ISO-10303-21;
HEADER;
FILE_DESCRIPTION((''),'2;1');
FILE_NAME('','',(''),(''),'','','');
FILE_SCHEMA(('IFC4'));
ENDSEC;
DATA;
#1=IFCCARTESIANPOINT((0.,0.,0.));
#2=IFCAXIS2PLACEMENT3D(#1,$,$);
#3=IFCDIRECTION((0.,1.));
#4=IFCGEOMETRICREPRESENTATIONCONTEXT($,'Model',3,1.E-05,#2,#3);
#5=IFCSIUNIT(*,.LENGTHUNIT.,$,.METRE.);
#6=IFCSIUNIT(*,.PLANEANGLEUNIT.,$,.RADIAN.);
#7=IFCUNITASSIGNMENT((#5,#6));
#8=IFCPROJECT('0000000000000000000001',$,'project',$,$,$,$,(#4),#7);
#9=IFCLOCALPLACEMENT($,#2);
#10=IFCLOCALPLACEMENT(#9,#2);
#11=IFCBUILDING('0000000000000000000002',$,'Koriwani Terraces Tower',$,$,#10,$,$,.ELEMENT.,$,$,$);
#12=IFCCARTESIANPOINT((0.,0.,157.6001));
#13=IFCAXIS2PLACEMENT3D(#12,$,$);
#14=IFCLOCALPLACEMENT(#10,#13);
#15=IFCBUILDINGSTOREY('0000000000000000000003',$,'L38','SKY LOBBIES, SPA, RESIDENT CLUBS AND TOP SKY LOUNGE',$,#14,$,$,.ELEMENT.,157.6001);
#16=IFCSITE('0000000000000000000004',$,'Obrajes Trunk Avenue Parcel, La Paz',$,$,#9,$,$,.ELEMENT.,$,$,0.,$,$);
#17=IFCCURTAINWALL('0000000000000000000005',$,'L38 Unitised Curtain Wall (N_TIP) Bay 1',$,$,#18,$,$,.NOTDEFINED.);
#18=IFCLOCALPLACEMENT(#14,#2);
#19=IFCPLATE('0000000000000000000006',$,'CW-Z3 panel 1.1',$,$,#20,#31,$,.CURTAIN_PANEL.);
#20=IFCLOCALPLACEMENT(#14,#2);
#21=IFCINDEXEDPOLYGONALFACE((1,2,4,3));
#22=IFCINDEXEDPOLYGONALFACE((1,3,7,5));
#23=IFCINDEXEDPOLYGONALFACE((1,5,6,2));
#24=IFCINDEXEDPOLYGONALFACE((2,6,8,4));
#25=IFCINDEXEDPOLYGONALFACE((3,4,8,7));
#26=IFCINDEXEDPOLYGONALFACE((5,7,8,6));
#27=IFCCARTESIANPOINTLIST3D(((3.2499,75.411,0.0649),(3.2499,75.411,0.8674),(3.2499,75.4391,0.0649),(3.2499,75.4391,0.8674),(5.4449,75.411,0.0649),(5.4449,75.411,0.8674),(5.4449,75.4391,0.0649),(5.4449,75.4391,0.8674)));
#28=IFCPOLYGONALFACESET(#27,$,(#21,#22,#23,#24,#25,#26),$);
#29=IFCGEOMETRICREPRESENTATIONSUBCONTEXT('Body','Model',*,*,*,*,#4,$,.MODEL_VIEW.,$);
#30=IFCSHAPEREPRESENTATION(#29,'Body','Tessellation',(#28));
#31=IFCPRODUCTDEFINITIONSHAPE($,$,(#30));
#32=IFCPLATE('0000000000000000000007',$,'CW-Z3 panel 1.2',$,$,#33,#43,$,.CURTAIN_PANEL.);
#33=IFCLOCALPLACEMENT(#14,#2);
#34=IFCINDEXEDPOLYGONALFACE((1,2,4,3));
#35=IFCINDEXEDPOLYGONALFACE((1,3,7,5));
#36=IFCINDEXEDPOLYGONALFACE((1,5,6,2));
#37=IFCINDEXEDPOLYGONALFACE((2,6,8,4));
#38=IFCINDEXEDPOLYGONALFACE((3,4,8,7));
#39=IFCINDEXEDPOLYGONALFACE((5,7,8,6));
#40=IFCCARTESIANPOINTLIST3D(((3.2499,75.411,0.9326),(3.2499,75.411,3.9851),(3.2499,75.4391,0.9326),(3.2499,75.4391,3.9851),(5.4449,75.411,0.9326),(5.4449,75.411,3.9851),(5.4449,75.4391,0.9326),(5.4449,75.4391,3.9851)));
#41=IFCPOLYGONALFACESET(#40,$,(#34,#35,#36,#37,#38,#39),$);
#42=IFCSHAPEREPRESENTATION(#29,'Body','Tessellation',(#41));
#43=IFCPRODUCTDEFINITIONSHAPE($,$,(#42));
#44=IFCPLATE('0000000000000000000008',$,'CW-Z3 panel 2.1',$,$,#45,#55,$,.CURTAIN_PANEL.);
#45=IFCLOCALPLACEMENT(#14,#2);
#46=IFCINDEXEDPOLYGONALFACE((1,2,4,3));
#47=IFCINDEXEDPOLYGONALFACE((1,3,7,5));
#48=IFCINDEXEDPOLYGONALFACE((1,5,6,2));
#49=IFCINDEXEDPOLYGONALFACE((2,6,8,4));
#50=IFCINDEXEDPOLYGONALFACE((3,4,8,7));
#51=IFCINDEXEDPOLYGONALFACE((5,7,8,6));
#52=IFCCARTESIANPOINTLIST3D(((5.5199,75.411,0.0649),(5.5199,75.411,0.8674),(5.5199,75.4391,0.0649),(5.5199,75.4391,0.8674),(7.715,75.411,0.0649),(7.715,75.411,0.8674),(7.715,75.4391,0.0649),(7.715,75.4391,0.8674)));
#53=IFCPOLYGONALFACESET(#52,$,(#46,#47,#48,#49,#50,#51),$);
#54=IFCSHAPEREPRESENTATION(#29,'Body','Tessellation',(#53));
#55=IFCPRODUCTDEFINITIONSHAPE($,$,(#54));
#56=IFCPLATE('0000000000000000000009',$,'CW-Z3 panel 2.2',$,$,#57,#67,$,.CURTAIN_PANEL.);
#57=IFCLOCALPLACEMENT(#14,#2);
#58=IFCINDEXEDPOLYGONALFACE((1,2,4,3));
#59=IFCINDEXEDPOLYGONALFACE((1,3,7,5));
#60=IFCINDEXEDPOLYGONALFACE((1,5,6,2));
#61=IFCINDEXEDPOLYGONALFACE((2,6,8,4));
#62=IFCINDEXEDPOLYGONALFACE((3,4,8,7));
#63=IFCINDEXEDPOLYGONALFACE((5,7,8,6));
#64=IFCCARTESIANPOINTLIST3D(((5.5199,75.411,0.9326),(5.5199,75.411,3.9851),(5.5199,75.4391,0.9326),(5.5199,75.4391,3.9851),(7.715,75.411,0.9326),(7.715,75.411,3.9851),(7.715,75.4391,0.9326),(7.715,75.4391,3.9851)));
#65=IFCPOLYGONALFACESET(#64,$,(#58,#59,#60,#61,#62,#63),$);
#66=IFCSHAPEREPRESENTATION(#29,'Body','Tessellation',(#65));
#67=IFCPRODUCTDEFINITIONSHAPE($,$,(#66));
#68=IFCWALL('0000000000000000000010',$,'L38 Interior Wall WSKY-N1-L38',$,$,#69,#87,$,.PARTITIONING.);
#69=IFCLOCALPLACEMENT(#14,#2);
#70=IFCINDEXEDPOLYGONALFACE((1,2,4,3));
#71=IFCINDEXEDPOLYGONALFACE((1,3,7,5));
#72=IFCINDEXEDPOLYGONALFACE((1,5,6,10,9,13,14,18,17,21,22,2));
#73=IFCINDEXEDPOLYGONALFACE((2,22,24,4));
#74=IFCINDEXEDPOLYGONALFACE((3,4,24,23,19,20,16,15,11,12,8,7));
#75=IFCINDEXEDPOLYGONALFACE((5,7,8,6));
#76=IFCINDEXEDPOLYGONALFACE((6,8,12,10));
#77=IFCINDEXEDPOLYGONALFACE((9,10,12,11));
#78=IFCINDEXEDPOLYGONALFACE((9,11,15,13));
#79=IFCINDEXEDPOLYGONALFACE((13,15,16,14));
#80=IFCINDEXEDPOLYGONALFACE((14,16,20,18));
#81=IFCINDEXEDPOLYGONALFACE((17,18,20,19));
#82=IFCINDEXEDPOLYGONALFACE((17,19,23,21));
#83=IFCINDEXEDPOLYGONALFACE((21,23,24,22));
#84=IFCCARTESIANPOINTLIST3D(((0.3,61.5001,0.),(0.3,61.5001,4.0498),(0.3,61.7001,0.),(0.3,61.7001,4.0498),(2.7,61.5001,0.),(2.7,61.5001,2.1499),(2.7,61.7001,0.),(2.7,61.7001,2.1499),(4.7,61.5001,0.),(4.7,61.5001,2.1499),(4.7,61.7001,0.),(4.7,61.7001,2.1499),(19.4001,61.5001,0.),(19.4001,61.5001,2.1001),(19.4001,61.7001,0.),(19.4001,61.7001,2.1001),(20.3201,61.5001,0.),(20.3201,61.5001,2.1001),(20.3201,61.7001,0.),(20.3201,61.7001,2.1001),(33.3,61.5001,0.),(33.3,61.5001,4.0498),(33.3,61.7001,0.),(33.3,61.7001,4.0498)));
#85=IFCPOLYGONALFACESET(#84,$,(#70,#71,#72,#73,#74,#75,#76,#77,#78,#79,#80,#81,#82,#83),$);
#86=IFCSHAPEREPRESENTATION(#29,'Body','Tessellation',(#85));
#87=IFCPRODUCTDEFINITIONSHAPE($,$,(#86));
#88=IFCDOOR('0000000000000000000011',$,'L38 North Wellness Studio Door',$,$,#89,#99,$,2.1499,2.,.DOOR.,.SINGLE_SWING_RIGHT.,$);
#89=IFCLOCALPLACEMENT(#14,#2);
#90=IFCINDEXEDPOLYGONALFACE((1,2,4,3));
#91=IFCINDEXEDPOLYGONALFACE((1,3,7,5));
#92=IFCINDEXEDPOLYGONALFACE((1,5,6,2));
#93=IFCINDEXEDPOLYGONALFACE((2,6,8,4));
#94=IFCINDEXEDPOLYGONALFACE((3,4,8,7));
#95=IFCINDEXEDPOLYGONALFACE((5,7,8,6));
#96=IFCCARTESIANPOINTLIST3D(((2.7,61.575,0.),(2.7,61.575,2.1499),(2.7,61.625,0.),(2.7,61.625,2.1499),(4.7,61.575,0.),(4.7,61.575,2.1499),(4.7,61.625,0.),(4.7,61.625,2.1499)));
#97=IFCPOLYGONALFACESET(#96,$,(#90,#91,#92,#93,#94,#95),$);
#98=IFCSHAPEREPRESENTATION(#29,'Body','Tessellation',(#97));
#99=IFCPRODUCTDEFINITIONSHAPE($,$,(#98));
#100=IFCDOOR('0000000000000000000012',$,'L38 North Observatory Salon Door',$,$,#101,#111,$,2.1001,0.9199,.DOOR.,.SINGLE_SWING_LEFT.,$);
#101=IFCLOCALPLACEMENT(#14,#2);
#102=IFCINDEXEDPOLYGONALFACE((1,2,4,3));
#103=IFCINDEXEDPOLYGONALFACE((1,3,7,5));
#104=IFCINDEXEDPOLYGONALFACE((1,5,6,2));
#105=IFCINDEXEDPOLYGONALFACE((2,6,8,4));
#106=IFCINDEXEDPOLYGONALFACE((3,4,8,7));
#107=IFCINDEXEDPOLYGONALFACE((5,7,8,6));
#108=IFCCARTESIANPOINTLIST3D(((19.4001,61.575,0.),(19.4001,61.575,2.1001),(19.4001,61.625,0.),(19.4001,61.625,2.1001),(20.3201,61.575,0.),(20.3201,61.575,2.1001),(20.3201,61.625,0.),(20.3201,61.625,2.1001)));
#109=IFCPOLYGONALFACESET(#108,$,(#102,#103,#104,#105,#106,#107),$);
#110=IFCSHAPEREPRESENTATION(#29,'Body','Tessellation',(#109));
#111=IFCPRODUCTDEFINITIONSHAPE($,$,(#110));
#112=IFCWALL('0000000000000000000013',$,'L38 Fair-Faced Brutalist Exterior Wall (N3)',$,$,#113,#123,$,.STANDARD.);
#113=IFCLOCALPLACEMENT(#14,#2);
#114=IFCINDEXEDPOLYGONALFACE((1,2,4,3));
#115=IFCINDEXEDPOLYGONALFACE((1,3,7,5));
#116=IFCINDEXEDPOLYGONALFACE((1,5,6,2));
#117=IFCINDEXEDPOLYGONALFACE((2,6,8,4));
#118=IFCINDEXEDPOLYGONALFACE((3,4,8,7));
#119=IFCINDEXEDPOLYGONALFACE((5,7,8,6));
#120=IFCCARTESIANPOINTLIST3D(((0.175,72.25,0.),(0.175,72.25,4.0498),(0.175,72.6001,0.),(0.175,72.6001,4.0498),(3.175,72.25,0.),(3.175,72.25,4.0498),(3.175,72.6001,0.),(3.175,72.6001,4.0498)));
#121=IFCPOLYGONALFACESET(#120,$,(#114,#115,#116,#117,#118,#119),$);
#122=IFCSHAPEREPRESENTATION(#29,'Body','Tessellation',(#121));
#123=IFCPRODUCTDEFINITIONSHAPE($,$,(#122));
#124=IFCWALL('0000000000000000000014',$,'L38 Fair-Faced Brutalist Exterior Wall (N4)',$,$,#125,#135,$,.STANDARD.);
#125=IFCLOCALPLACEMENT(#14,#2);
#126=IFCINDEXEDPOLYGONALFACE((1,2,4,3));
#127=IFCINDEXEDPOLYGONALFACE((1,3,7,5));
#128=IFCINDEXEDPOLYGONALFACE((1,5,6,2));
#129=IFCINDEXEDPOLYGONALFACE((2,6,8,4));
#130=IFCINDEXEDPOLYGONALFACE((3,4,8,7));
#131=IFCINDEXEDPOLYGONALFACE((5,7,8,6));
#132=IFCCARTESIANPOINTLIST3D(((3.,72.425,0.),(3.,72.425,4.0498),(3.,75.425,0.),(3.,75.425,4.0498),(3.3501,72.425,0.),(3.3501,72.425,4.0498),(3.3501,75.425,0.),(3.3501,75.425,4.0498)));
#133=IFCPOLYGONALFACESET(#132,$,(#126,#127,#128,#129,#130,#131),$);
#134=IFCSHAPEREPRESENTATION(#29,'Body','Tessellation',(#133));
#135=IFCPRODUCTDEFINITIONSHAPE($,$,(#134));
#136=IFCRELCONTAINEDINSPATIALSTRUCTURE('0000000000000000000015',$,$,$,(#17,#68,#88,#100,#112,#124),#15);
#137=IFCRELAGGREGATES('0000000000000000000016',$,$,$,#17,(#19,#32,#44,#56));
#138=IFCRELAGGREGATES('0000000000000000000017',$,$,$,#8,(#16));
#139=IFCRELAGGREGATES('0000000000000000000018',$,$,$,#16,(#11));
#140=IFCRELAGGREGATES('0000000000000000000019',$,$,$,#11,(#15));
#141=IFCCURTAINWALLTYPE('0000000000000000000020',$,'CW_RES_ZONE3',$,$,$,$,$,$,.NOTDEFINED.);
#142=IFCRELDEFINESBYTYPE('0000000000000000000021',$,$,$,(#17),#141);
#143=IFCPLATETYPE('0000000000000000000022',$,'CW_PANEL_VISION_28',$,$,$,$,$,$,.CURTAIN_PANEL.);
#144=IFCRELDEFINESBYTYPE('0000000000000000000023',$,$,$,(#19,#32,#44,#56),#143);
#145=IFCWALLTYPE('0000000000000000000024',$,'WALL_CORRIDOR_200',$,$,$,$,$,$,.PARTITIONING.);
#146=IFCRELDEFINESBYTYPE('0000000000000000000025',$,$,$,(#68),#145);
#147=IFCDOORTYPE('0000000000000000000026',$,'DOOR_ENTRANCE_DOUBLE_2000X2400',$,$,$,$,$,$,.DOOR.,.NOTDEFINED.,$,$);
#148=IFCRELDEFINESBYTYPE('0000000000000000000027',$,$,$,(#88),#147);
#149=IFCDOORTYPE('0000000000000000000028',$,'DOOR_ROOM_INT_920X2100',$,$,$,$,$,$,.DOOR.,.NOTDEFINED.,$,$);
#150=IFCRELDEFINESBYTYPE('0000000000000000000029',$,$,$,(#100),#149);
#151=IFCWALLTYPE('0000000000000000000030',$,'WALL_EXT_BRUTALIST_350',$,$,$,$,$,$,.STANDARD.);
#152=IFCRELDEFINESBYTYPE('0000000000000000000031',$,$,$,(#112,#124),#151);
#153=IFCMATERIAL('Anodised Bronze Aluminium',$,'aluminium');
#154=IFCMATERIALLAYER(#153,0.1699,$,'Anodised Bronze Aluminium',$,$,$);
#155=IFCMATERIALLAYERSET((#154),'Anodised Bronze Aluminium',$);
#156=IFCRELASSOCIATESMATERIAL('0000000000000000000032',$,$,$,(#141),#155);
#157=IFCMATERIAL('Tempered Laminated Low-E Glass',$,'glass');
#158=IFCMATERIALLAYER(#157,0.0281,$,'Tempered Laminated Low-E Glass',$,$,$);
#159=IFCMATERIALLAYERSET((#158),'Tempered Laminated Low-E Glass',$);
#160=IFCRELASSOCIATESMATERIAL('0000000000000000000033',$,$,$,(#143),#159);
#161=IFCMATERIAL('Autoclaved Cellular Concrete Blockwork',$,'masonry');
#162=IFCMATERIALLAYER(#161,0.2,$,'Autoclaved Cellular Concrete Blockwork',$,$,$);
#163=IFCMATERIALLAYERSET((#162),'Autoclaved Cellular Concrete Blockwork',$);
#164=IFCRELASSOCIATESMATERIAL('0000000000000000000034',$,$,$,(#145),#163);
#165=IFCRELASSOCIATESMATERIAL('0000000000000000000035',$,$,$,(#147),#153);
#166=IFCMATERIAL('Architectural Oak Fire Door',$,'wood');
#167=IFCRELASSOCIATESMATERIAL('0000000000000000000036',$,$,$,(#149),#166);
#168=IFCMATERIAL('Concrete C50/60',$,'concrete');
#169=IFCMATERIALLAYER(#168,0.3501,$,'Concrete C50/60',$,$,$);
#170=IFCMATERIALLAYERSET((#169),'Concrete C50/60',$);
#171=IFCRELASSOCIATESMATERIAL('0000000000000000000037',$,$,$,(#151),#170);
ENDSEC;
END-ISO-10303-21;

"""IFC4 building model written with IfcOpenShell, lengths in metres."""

from ifc_helpers import new_model, si_unit, direction, frame, frame_2d, origin, origin_2d, place, context, subcontext, project, spatial, rectangle, extrude, material, layer, layer_set, type_object, element, fill, aggregate, save


model = new_model("IFC4")

# Units and contexts
model_context = context("Model", 3, precision=1e-05, world=origin(), true_north=direction((0.0, 1.0)))
body_context = subcontext(model_context, "Body", "Model", "MODEL_VIEW")
ifc_project = project(units=[si_unit("LENGTHUNIT", "METRE"), si_unit("PLANEANGLEUNIT", "RADIAN")], contexts=[model_context])

# Site, building, storey
site_placement = place(None, origin())
site = spatial("IfcSite", under=ifc_project, at=site_placement, Name="Obrajes Trunk Avenue Parcel, La Paz", CompositionType="ELEMENT", RefElevation=0.0)
building_placement = place(site_placement, origin())
building = spatial("IfcBuilding", under=site, at=building_placement, Name="Koriwani Terraces Tower", CompositionType="ELEMENT")
storey_placement = place(building_placement, frame((0.0, 0.0, 157.6001)))
storey = spatial("IfcBuildingStorey", under=building, at=storey_placement, Name="L38", Description="SKY LOBBIES, SPA, RESIDENT CLUBS AND TOP SKY LOUNGE", CompositionType="ELEMENT", Elevation=157.6001)

# Shared definitions
ifc_material_1 = material(Name="Concrete C50/60", Category="concrete")

# Curtain wall
ifc_material_2 = material(Name="Anodised Bronze Aluminium", Category="aluminium")
ifc_layer_1 = layer(ifc_material_2, 0.1699, Name="Anodised Bronze Aluminium")
ifc_layer_set_1 = layer_set([ifc_layer_1], Name="Anodised Bronze Aluminium")
curtain_wall_type = type_object("IfcCurtainWallType", Name="CW_RES_ZONE3", PredefinedType="NOTDEFINED", material=ifc_layer_set_1)
curtain_wall_1_placement = place(storey_placement, origin())
curtain_wall_1 = element("IfcCurtainWall", 1, at=curtain_wall_1_placement, inside=storey, type_object=curtain_wall_type, Name="L38 Unitised Curtain Wall (N_TIP) Bay 1", PredefinedType="NOTDEFINED")

# Plates
ifc_material_3 = material(Name="Tempered Laminated Low-E Glass", Category="glass")
ifc_layer_2 = layer(ifc_material_3, 0.0281, Name="Tempered Laminated Low-E Glass")
ifc_layer_set_2 = layer_set([ifc_layer_2], Name="Tempered Laminated Low-E Glass")
plate_type = type_object("IfcPlateType", Name="CW_PANEL_VISION_28", PredefinedType="CURTAIN_PANEL", material=ifc_layer_set_2)
plate_1_placement = place(storey_placement, frame((4.3474, 75.425, 0.0649), z_axis=(0.0, 0.0, 1.0), x_axis=(1.0, 0.0, 0.0)))
plate_1 = element("IfcPlate", 2, at=plate_1_placement, type_object=plate_type, Name="CW-Z3 panel 1.1", PredefinedType="CURTAIN_PANEL", context=body_context, shape_type="SweptSolid", body=[
    extrude(rectangle(XDim=2.1951, YDim=0.0281, at=origin_2d()), origin(), (0.0, 0.0, 1.0), 0.8025),
])
plate_2_placement = place(storey_placement, frame((4.3474, 75.425, 0.9326), z_axis=(0.0, 0.0, 1.0), x_axis=(1.0, 0.0, 0.0)))
plate_2 = element("IfcPlate", 3, at=plate_2_placement, type_object=plate_type, Name="CW-Z3 panel 1.2", PredefinedType="CURTAIN_PANEL", context=body_context, shape_type="SweptSolid", body=[
    extrude(rectangle(XDim=2.1951, YDim=0.0281, at=origin_2d()), origin(), (0.0, 0.0, 1.0), 3.0525),
])
plate_3_placement = place(storey_placement, frame((6.6174, 75.425, 0.0649), z_axis=(0.0, 0.0, 1.0), x_axis=(1.0, 0.0, 0.0)))
plate_3 = element("IfcPlate", 4, at=plate_3_placement, type_object=plate_type, Name="CW-Z3 panel 2.1", PredefinedType="CURTAIN_PANEL", context=body_context, shape_type="SweptSolid", body=[
    extrude(rectangle(XDim=2.1951, YDim=0.0281, at=origin_2d()), origin(), (0.0, 0.0, 1.0), 0.8025),
])
plate_4_placement = place(storey_placement, frame((6.6174, 75.425, 0.9326), z_axis=(0.0, 0.0, 1.0), x_axis=(1.0, 0.0, 0.0)))
plate_4 = element("IfcPlate", 5, at=plate_4_placement, type_object=plate_type, Name="CW-Z3 panel 2.2", PredefinedType="CURTAIN_PANEL", context=body_context, shape_type="SweptSolid", body=[
    extrude(rectangle(XDim=2.1951, YDim=0.0281, at=origin_2d()), origin(), (0.0, 0.0, 1.0), 3.0525),
])
aggregate(curtain_wall_1, [plate_1, plate_2, plate_3, plate_4])

# Wall, openings, doors
ifc_material_4 = material(Name="Autoclaved Cellular Concrete Blockwork", Category="masonry")
ifc_layer_3 = layer(ifc_material_4, 0.2, Name="Autoclaved Cellular Concrete Blockwork")
ifc_layer_set_3 = layer_set([ifc_layer_3], Name="Autoclaved Cellular Concrete Blockwork")
wall_type_1 = type_object("IfcWallType", Name="WALL_CORRIDOR_200", PredefinedType="PARTITIONING", material=ifc_layer_set_3)
wall_placement = place(storey_placement, frame((0.3, 61.6001, 0.0), z_axis=(0.0, 0.0, 1.0), x_axis=(1.0, 0.0, 0.0)))
wall = element("IfcWall", 6, at=wall_placement, inside=storey, type_object=wall_type_1, Name="L38 Interior Wall WSKY-N1-L38", PredefinedType="PARTITIONING", context=body_context, shape_type="SweptSolid", body=[
    extrude(rectangle(XDim=33.0, YDim=0.2, at=frame_2d((16.5, 0.0))), origin(), (0.0, 0.0, 1.0), 4.0498),
])
opening_1_placement = place(wall_placement, frame((2.3999, 0.0, 0.0)))
opening_1 = element("IfcOpeningElement", 7, at=opening_1_placement, cuts=wall, PredefinedType="OPENING", context=body_context, shape_type="SweptSolid", body=[
    extrude(rectangle(XDim=2.0, YDim=2.1499, at=frame_2d((1.0, 1.075))), frame((0.0, 0.1099, 0.0), z_axis=(0.0, -1.0, 0.0), x_axis=(1.0, 0.0, 0.0)), (0.0, 0.0, 1.0), 0.22),
])
opening_2_placement = place(wall_placement, frame((19.1001, 0.0, 0.0)))
opening_2 = element("IfcOpeningElement", 8, at=opening_2_placement, cuts=wall, PredefinedType="OPENING", context=body_context, shape_type="SweptSolid", body=[
    extrude(rectangle(XDim=0.9199, YDim=2.1001, at=frame_2d((0.46, 1.05))), frame((0.0, 0.1099, 0.0), z_axis=(0.0, -1.0, 0.0), x_axis=(1.0, 0.0, 0.0)), (0.0, 0.0, 1.0), 0.22),
])
door_type_1 = type_object("IfcDoorType", Name="DOOR_ENTRANCE_DOUBLE_2000X2400", OperationType="NOTDEFINED", PredefinedType="DOOR", material=ifc_material_2)
door_1_placement = place(opening_1_placement, origin())
door_1 = element("IfcDoor", 9, at=door_1_placement, inside=storey, type_object=door_type_1, Name="L38 North Wellness Studio Door", OperationType="SINGLE_SWING_RIGHT", OverallHeight=2.1499, OverallWidth=2.0, PredefinedType="DOOR", context=body_context, shape_type="SweptSolid", body=[
    extrude(rectangle(XDim=2.0, YDim=2.1499, at=frame_2d((1.0, 1.075))), frame((0.0, 0.0249, 0.0), z_axis=(0.0, -1.0, 0.0), x_axis=(1.0, 0.0, 0.0)), (0.0, 0.0, 1.0), 0.05),
])
fill(opening_1, door_1)
ifc_material_5 = material(Name="Architectural Oak Fire Door", Category="wood")
door_type_2 = type_object("IfcDoorType", Name="DOOR_ROOM_INT_920X2100", OperationType="NOTDEFINED", PredefinedType="DOOR", material=ifc_material_5)
door_2_placement = place(opening_2_placement, origin())
door_2 = element("IfcDoor", 10, at=door_2_placement, inside=storey, type_object=door_type_2, Name="L38 North Observatory Salon Door", OperationType="SINGLE_SWING_LEFT", OverallHeight=2.1001, OverallWidth=0.9199, PredefinedType="DOOR", context=body_context, shape_type="SweptSolid", body=[
    extrude(rectangle(XDim=0.9199, YDim=2.1001, at=frame_2d((0.46, 1.05))), frame((0.0, 0.0249, 0.0), z_axis=(0.0, -1.0, 0.0), x_axis=(1.0, 0.0, 0.0)), (0.0, 0.0, 1.0), 0.05),
])
fill(opening_2, door_2)

# Walls
ifc_layer_4 = layer(ifc_material_1, 0.3501, Name="Concrete C50/60")
ifc_layer_set_4 = layer_set([ifc_layer_4], Name="Concrete C50/60")
wall_type_2 = type_object("IfcWallType", Name="WALL_EXT_BRUTALIST_350", PredefinedType="STANDARD", material=ifc_layer_set_4)
for number, where, z_axis, x_axis, name in (
    (11, (0.175, 72.425, 0.0), (0.0, 0.0, 1.0), (1.0, 0.0, 0.0), "L38 Fair-Faced Brutalist Exterior Wall (N3)"),
    (12, (3.175, 72.425, 0.0), (0.0, 0.0, 1.0), (0.0, 1.0, 0.0), "L38 Fair-Faced Brutalist Exterior Wall (N4)"),
):
    element("IfcWall", number, at=place(storey_placement, frame(where, z_axis=z_axis, x_axis=x_axis)), inside=storey, type_object=wall_type_2, Name=name, PredefinedType="STANDARD", context=body_context, shape_type="SweptSolid", body=[
        extrude(rectangle(XDim=3.0, YDim=0.3501, at=frame_2d((1.5, 0.0))), origin(), (0.0, 0.0, 1.0), 4.0498),
    ])

save(model, "model.ifc")
